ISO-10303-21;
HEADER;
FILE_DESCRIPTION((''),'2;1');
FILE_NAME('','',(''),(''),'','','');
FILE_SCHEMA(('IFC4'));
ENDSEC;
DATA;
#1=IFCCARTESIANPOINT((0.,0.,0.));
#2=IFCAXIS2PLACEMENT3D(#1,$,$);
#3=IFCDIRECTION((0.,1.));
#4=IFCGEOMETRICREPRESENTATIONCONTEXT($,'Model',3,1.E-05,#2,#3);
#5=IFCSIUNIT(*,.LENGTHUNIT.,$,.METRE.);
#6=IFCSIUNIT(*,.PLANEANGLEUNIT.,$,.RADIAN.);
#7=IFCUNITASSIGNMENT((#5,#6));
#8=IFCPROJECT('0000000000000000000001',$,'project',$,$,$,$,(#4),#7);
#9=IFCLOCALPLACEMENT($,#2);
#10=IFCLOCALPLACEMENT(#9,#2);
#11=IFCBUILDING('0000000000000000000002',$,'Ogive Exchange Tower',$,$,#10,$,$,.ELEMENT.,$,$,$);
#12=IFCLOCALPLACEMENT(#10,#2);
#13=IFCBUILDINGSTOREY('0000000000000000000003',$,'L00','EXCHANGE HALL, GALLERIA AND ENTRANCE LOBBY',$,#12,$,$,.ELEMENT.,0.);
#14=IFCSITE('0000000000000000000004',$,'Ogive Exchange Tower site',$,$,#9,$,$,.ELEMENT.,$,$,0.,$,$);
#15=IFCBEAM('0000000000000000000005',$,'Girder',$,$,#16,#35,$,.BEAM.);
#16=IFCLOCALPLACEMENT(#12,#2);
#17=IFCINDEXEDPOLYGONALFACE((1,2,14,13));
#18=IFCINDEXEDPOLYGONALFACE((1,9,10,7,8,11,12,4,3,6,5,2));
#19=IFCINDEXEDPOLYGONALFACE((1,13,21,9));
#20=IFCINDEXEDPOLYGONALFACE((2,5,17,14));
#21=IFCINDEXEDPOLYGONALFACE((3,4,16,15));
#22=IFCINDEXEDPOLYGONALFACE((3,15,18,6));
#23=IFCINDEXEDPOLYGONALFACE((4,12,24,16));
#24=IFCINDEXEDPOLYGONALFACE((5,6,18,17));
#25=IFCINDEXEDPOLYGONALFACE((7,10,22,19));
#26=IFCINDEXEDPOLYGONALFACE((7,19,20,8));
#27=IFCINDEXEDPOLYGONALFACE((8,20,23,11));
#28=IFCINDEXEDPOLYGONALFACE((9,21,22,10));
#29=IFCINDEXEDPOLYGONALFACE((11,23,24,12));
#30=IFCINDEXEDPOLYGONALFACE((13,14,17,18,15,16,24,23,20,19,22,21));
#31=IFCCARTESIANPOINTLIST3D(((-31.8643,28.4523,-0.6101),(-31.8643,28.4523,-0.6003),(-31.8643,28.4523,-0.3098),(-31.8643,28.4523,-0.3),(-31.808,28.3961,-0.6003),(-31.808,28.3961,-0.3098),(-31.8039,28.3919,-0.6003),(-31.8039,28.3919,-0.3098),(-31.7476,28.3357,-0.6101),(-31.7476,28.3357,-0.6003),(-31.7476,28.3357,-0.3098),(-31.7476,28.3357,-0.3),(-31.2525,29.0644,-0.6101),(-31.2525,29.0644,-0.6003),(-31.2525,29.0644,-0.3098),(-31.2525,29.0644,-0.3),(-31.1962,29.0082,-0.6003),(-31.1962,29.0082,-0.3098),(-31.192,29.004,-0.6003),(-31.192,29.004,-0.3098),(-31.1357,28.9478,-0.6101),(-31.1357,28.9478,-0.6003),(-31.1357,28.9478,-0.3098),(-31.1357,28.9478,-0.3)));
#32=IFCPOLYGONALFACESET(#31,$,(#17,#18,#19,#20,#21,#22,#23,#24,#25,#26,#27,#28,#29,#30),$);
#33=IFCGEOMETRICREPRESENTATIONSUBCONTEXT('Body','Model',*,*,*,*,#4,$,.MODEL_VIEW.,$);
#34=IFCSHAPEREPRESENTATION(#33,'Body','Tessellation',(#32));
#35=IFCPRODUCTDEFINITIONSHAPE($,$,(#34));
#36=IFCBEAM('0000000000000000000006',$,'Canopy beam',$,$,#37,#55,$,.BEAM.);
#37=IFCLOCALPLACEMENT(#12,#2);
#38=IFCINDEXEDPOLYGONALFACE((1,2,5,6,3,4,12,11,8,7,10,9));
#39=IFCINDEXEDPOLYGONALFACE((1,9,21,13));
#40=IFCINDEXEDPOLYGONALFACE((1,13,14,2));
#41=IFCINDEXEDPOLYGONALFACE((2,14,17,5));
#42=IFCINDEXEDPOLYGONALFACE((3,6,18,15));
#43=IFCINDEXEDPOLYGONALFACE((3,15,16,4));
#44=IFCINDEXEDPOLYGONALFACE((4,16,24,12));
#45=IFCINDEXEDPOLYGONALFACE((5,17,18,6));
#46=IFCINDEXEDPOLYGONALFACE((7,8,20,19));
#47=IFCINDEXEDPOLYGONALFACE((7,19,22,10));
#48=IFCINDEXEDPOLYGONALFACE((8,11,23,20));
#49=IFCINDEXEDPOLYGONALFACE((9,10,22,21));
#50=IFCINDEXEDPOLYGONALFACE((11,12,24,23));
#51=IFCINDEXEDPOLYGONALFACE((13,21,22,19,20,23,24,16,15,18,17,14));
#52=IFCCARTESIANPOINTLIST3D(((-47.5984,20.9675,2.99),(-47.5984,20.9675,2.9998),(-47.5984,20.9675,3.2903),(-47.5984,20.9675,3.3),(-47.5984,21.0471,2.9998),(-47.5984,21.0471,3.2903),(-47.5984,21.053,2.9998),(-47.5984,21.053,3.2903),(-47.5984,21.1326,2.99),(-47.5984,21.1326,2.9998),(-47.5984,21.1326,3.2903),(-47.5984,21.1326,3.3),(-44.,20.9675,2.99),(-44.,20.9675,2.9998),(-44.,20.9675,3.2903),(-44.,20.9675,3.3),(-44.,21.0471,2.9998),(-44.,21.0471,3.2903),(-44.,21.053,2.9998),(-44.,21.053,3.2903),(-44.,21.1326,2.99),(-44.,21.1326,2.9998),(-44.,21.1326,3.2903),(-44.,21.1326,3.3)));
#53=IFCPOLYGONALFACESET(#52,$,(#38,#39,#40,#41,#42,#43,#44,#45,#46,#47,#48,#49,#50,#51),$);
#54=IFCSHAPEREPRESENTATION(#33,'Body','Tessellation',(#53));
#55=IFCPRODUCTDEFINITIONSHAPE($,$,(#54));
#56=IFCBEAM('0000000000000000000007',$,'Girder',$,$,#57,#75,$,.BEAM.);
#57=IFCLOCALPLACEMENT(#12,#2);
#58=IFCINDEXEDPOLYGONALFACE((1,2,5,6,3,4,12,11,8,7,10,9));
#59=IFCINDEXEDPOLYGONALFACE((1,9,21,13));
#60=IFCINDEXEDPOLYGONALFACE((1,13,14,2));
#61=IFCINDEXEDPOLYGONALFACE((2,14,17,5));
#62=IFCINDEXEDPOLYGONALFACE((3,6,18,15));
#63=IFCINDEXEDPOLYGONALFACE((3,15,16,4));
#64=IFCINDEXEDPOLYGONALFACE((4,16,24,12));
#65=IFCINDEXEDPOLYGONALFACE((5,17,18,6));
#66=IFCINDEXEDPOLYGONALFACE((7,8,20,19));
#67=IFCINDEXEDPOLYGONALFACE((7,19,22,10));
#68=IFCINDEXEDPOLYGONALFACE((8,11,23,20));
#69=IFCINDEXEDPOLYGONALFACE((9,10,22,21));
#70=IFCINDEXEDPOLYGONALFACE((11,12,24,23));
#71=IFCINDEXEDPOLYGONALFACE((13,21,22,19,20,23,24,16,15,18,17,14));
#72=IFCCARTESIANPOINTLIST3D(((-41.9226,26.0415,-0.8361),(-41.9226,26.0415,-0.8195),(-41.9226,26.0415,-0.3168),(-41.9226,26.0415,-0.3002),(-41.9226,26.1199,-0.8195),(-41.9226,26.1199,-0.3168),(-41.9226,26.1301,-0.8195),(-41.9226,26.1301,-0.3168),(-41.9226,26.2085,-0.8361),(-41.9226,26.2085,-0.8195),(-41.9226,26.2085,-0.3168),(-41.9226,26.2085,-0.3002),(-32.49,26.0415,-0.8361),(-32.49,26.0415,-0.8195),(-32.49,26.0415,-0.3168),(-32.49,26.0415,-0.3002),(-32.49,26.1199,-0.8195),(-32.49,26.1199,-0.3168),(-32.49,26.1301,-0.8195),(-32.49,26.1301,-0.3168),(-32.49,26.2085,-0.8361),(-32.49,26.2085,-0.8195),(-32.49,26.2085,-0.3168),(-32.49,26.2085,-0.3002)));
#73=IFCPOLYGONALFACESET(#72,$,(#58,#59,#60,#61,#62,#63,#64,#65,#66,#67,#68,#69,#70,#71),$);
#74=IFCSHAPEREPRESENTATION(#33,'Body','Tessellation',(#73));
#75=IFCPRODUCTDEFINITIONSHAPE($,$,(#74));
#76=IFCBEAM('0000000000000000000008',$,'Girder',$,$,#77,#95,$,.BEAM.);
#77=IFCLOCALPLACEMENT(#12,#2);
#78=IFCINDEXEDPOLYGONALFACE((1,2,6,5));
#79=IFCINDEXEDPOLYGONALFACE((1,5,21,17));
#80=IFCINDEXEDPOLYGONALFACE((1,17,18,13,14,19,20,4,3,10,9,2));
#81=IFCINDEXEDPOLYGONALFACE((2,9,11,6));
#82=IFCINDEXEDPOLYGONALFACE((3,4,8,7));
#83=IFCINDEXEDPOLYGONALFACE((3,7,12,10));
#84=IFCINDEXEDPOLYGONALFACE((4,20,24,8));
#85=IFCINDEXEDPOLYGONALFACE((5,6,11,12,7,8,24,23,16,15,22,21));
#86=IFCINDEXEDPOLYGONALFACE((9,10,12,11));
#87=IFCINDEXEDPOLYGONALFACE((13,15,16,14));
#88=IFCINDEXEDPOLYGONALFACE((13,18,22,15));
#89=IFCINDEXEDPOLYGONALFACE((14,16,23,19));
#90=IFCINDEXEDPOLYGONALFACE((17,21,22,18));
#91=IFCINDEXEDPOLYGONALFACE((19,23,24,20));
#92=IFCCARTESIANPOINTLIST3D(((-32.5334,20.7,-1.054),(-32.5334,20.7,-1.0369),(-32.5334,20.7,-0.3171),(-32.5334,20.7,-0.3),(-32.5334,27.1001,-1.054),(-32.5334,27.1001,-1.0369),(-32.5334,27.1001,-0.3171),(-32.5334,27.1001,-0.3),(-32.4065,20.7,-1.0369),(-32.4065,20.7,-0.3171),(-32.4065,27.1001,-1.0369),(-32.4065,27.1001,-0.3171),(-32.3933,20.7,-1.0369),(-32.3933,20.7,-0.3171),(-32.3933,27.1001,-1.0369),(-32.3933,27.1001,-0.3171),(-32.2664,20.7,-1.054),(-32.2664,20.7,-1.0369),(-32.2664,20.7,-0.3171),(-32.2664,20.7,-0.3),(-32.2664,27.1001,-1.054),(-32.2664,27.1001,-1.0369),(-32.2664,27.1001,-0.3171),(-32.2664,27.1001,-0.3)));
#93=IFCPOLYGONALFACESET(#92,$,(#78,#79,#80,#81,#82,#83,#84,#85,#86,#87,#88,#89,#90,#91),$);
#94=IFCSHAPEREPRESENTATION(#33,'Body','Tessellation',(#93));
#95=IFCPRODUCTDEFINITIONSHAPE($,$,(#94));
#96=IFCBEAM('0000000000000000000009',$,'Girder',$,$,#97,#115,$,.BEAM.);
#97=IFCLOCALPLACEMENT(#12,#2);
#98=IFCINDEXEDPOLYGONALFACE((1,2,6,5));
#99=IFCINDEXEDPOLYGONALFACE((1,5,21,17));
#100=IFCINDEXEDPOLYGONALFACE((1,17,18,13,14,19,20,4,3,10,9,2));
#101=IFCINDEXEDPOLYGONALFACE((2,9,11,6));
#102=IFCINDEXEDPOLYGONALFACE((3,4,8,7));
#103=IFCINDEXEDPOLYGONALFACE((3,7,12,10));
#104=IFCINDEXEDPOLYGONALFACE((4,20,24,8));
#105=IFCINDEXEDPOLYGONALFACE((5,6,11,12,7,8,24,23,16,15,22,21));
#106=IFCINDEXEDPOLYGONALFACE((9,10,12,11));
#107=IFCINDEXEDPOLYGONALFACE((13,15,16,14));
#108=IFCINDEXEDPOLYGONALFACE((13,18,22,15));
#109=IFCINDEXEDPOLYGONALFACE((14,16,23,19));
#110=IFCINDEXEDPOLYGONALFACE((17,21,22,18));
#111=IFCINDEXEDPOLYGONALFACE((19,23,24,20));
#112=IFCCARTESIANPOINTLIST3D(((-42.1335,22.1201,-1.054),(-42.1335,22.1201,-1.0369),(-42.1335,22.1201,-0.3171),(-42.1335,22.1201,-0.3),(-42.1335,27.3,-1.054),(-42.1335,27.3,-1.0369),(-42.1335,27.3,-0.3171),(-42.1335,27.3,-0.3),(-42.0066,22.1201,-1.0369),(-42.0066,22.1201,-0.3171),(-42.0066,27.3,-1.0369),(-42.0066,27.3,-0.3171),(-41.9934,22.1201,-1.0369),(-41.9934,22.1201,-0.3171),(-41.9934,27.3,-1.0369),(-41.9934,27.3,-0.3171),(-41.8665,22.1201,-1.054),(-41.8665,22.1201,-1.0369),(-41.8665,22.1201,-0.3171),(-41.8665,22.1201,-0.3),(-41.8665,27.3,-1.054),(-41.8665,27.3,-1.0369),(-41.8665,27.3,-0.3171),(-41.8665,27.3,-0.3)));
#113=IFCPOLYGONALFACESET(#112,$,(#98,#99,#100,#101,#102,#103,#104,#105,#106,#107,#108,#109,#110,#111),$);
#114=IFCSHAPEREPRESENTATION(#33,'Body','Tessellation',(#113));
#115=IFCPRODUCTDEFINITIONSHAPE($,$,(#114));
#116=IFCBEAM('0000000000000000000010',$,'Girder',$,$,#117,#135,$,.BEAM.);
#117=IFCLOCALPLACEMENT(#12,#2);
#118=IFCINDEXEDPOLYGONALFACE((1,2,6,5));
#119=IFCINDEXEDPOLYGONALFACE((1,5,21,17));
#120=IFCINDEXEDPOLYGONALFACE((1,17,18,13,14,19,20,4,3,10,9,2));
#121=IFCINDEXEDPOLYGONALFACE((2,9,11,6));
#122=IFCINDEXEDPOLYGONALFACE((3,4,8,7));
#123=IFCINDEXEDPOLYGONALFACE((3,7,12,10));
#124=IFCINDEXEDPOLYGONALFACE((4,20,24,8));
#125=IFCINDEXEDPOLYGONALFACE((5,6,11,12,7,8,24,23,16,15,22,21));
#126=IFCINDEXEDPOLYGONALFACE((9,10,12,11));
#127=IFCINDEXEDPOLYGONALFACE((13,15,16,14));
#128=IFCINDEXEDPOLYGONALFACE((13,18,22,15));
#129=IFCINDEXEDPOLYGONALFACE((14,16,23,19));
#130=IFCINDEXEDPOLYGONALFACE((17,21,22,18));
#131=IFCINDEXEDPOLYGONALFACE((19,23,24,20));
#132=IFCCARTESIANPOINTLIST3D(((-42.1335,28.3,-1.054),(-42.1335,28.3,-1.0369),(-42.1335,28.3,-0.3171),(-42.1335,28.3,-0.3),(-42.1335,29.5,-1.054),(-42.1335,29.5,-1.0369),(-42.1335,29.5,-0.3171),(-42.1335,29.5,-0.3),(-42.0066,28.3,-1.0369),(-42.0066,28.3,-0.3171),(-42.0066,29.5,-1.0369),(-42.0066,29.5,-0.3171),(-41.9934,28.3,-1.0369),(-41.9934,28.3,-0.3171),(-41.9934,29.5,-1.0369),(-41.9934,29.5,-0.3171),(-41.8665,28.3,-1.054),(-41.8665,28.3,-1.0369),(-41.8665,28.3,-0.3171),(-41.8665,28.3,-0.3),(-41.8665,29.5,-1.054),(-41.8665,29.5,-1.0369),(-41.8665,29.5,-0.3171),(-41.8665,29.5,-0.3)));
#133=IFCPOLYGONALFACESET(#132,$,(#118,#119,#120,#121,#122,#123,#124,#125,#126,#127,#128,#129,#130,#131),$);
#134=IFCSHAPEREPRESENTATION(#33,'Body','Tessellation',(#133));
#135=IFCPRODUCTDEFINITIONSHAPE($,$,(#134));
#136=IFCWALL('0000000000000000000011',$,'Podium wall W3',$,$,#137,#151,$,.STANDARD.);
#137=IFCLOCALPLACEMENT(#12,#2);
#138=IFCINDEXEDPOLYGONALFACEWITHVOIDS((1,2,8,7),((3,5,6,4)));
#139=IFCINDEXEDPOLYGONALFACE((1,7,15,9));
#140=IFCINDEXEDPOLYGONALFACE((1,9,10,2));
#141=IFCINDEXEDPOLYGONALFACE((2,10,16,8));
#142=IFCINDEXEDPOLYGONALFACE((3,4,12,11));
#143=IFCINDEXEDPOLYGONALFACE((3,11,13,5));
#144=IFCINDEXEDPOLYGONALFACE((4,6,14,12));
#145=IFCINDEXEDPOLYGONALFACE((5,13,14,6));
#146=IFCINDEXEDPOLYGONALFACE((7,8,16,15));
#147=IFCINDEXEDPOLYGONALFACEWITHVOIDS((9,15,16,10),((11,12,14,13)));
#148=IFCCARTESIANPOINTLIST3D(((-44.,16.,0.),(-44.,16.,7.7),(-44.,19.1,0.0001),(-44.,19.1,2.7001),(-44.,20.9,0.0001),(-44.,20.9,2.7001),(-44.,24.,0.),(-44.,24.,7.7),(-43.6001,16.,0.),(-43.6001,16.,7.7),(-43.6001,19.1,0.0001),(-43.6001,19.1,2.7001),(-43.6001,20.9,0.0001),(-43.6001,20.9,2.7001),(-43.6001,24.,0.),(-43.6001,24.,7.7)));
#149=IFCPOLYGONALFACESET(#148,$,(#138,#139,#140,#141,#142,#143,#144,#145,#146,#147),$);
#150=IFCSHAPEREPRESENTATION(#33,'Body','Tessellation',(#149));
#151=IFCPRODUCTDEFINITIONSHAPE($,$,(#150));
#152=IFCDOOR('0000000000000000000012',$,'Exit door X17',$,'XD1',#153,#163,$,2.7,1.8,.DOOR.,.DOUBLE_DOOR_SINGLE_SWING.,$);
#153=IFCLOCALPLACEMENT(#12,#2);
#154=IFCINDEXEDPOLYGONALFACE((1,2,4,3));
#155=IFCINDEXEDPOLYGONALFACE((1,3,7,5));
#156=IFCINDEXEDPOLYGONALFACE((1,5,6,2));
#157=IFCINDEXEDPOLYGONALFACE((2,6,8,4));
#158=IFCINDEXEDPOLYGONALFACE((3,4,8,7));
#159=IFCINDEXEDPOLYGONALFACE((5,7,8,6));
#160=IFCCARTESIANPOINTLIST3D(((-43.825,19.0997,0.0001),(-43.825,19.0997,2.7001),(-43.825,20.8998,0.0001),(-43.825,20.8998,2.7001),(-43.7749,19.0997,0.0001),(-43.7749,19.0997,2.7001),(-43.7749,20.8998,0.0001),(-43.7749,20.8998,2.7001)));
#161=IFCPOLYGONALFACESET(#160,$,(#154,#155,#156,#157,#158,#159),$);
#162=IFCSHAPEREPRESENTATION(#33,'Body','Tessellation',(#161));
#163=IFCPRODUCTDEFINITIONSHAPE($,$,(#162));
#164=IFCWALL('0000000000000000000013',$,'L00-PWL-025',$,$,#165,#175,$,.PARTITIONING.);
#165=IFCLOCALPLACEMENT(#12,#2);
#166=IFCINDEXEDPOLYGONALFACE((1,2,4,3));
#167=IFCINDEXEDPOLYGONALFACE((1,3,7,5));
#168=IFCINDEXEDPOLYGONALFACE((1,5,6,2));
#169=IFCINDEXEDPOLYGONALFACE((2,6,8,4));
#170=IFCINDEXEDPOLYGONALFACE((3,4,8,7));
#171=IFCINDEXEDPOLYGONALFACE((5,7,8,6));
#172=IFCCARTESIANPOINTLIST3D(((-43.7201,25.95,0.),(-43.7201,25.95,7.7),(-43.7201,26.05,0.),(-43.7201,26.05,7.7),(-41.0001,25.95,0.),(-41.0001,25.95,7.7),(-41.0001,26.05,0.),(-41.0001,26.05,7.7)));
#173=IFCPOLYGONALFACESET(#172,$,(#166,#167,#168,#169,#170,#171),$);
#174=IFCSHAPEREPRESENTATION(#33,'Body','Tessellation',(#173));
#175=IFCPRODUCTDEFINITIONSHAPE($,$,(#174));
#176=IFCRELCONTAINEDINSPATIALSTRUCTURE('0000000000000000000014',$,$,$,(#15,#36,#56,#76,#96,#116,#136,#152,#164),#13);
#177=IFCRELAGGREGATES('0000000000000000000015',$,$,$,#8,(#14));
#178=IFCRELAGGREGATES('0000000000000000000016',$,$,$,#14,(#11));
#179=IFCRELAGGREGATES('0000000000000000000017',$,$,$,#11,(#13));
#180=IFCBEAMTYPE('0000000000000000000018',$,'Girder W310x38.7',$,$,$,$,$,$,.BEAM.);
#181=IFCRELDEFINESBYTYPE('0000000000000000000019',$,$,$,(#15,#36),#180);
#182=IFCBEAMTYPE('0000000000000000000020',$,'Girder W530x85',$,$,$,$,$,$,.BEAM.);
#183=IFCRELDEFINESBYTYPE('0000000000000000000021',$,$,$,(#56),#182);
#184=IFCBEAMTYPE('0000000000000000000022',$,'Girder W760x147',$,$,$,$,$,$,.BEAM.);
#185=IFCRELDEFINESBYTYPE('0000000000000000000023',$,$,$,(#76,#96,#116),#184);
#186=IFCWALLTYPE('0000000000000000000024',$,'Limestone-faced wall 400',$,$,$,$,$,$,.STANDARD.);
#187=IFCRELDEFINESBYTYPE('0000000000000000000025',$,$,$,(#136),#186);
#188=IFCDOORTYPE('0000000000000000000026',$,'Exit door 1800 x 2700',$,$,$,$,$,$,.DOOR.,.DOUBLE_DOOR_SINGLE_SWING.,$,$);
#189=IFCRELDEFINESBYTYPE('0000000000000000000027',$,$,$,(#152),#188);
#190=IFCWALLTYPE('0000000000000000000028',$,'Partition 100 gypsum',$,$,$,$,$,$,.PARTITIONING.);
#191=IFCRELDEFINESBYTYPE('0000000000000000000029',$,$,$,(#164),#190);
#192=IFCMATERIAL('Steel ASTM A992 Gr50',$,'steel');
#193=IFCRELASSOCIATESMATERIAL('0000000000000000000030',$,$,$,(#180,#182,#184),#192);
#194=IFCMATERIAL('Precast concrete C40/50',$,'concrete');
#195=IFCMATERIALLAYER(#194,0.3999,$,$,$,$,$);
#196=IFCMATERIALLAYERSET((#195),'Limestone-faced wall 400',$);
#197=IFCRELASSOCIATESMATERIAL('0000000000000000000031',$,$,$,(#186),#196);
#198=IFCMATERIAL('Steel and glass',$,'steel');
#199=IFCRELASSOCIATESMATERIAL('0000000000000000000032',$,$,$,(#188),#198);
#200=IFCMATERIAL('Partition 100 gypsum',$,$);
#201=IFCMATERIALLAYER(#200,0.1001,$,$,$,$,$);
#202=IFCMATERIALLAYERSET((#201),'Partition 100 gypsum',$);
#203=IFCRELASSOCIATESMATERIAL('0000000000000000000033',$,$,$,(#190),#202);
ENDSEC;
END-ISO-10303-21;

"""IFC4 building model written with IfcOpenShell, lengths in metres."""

from ifc_helpers import new_model, si_unit, direction, frame, frame_2d, origin, origin_2d, place, context, subcontext, project, spatial, rectangle, i_section, extrude, material, layer, layer_set, material_profile, profile_set, type_object, element, fill, save


model = new_model("IFC4")

# Units and contexts
model_context = context("Model", 3, precision=1e-05, world=origin(), true_north=direction((0.0, 1.0)))
body_context = subcontext(model_context, "Body", "Model", "MODEL_VIEW")
ifc_project = project(units=[si_unit("LENGTHUNIT", "METRE"), si_unit("PLANEANGLEUNIT", "RADIAN")], contexts=[model_context])

# Site, building, storey
site_placement = place(None, origin())
site = spatial("IfcSite", under=ifc_project, at=site_placement, Name="Ogive Exchange Tower site", CompositionType="ELEMENT", RefElevation=0.0)
building_placement = place(site_placement, origin())
building = spatial("IfcBuilding", under=site, at=building_placement, Name="Ogive Exchange Tower", CompositionType="ELEMENT")
storey_placement = place(building_placement, origin())
storey = spatial("IfcBuildingStorey", under=building, at=storey_placement, Name="L00", Description="EXCHANGE HALL, GALLERIA AND ENTRANCE LOBBY", CompositionType="ELEMENT", Elevation=0.0)

# Beams
ifc_material_1 = material(Name="Steel ASTM A992 Gr50", Category="steel")
ifc_material_profile_1 = material_profile(ifc_material_1, i_section(OverallWidth=0.165, OverallDepth=0.3101, WebThickness=0.0059, FlangeThickness=0.0098, at=origin_2d()), Name="W310x38.7")
ifc_profile_set_1 = profile_set([ifc_material_profile_1], Name="Steel ASTM A992 Gr50")
beam_type_1 = type_object("IfcBeamType", Name="Girder W310x38.7", PredefinedType="BEAM", material=ifc_profile_set_1)
beam_1_placement = place(storey_placement, frame((-31.1941, 29.0061, -0.4551), z_axis=(-0.706966, -0.707248, 0.0), x_axis=(0.707248, -0.706966, 0.0)))
element("IfcBeam", 1, at=beam_1_placement, inside=storey, type_object=beam_type_1, Name="Girder", PredefinedType="BEAM", context=body_context, shape_type="SweptSolid", body=[
    extrude(i_section(OverallWidth=0.165, OverallDepth=0.3101, WebThickness=0.0059, FlangeThickness=0.0098, at=origin_2d()), origin(), (0.0, 0.0, 1.0), 0.8655),
])
beam_2_placement = place(storey_placement, frame((-44.0, 21.05, 3.145), z_axis=(-1.0, 0.0, 0.0), x_axis=(0.0, -1.0, 0.0)))
element("IfcBeam", 2, at=beam_2_placement, inside=storey, type_object=beam_type_1, Name="Canopy beam", PredefinedType="BEAM", context=body_context, shape_type="SweptSolid", body=[
    extrude(i_section(OverallWidth=0.165, OverallDepth=0.3101, WebThickness=0.0059, FlangeThickness=0.0098, at=origin_2d()), origin(), (0.0, 0.0, 1.0), 3.5984),
])
ifc_material_profile_2 = material_profile(ifc_material_1, i_section(OverallWidth=0.167, OverallDepth=0.5359, WebThickness=0.0103, FlangeThickness=0.0166, at=origin_2d()), Name="W530x85")
ifc_profile_set_2 = profile_set([ifc_material_profile_2], Name="Steel ASTM A992 Gr50")
beam_type_2 = type_object("IfcBeamType", Name="Girder W530x85", PredefinedType="BEAM", material=ifc_profile_set_2)
beam_3_placement = place(storey_placement, frame((-41.9226, 26.125, -0.5681), z_axis=(1.0, 0.0, 0.0), x_axis=(0.0, 1.0, 0.0)))
element("IfcBeam", 3, at=beam_3_placement, inside=storey, type_object=beam_type_2, Name="Girder", PredefinedType="BEAM", context=body_context, shape_type="SweptSolid", body=[
    extrude(i_section(OverallWidth=0.167, OverallDepth=0.5359, WebThickness=0.0103, FlangeThickness=0.0166, at=origin_2d()), origin(), (0.0, 0.0, 1.0), 9.4326),
])
ifc_material_profile_3 = material_profile(ifc_material_1, i_section(OverallWidth=0.2671, OverallDepth=0.7539, WebThickness=0.0132, FlangeThickness=0.0171, at=origin_2d()), Name="W760x147")
ifc_profile_set_3 = profile_set([ifc_material_profile_3], Name="Steel ASTM A992 Gr50")
beam_type_3 = type_object("IfcBeamType", Name="Girder W760x147", PredefinedType="BEAM", material=ifc_profile_set_3)
beam_4_placement = place(storey_placement, frame((-32.3999, 27.1001, -0.677), z_axis=(0.0, -1.0, 0.0), x_axis=(1.0, 0.0, 0.0)))
element("IfcBeam", 4, at=beam_4_placement, inside=storey, type_object=beam_type_3, Name="Girder", PredefinedType="BEAM", context=body_context, shape_type="SweptSolid", body=[
    extrude(i_section(OverallWidth=0.2671, OverallDepth=0.7539, WebThickness=0.0132, FlangeThickness=0.0171, at=origin_2d()), origin(), (0.0, 0.0, 1.0), 6.4001),
])
beam_5_placement = place(storey_placement, frame((-42.0, 22.1201, -0.677), z_axis=(0.0, 1.0, 0.0), x_axis=(-1.0, 0.0, 0.0)))
element("IfcBeam", 5, at=beam_5_placement, inside=storey, type_object=beam_type_3, Name="Girder", PredefinedType="BEAM", context=body_context, shape_type="SweptSolid", body=[
    extrude(i_section(OverallWidth=0.2671, OverallDepth=0.7539, WebThickness=0.0132, FlangeThickness=0.0171, at=origin_2d()), origin(), (0.0, 0.0, 1.0), 5.1799),
])
beam_6_placement = place(storey_placement, frame((-42.0, 28.3, -0.677), z_axis=(0.0, 1.0, 0.0), x_axis=(-1.0, 0.0, 0.0)))
element("IfcBeam", 6, at=beam_6_placement, inside=storey, type_object=beam_type_3, Name="Girder", PredefinedType="BEAM", context=body_context, shape_type="SweptSolid", body=[
    extrude(i_section(OverallWidth=0.2671, OverallDepth=0.7539, WebThickness=0.0132, FlangeThickness=0.0171, at=origin_2d()), origin(), (0.0, 0.0, 1.0), 1.2),
])

# Wall, opening, door
ifc_material_2 = material(Name="Precast concrete C40/50", Category="concrete")
ifc_layer_1 = layer(ifc_material_2, 0.3999)
ifc_layer_set_1 = layer_set([ifc_layer_1], Name="Limestone-faced wall 400")
wall_type_1 = type_object("IfcWallType", Name="Limestone-faced wall 400", PredefinedType="STANDARD", material=ifc_layer_set_1)
wall_1_placement = place(storey_placement, frame((-43.8, 24.0, 0.0), z_axis=(0.0, 0.0, 1.0), x_axis=(0.0, -1.0, 0.0)))
wall_1 = element("IfcWall", 7, at=wall_1_placement, inside=storey, type_object=wall_type_1, Name="Podium wall W3", PredefinedType="STANDARD", context=body_context, shape_type="SweptSolid", body=[
    extrude(rectangle(XDim=8.0, YDim=0.3999, at=frame_2d((4.0, 0.0))), origin(), (0.0, 0.0, 1.0), 7.7),
])
opening_1_placement = place(wall_1_placement, frame((3.1001, 0.0, 0.0)))
opening_1 = element("IfcOpeningElement", 8, at=opening_1_placement, cuts=wall_1, PredefinedType="OPENING", context=body_context, shape_type="SweptSolid", body=[
    extrude(rectangle(XDim=1.8, YDim=2.7, at=frame_2d((0.8999, 1.3501))), frame((0.0, 0.21, 0.0), z_axis=(0.0, -1.0, 0.0), x_axis=(1.0, 0.0, 0.0)), (0.0, 0.0, 1.0), 0.4199),
])
ifc_material_3 = material(Name="Steel and glass", Category="steel")
door_type_1 = type_object("IfcDoorType", Name="Exit door 1800 x 2700", OperationType="DOUBLE_DOOR_SINGLE_SWING", PredefinedType="DOOR", material=ifc_material_3)
door_1_placement = place(opening_1_placement, frame((1.8, 0.0, 0.0), z_axis=(0.0, 0.0, 1.0), x_axis=(-1.0, 0.0, 0.0)))
door_1 = element("IfcDoor", 9, at=door_1_placement, inside=storey, type_object=door_type_1, Name="Exit door X17", ObjectType="XD1", OperationType="DOUBLE_DOOR_SINGLE_SWING", OverallHeight=2.7, OverallWidth=1.8, PredefinedType="DOOR", context=body_context, shape_type="SweptSolid", body=[
    extrude(rectangle(XDim=1.8, YDim=2.7, at=frame_2d((0.8999, 1.3501))), frame((0.0, 0.0249, 0.0), z_axis=(0.0, -1.0, 0.0), x_axis=(1.0, 0.0, 0.0)), (0.0, 0.0, 1.0), 0.05),
])
fill(opening_1, door_1)

# Wall
ifc_material_4 = material(Name="Partition 100 gypsum")
ifc_layer_2 = layer(ifc_material_4, 0.1001)
ifc_layer_set_2 = layer_set([ifc_layer_2], Name="Partition 100 gypsum")
wall_type_2 = type_object("IfcWallType", Name="Partition 100 gypsum", PredefinedType="PARTITIONING", material=ifc_layer_set_2)
wall_2_placement = place(storey_placement, frame((-43.72, 26.0, 0.0), z_axis=(0.0, 0.0, 1.0), x_axis=(1.0, 0.0, 0.0)))
element("IfcWall", 10, at=wall_2_placement, inside=storey, type_object=wall_type_2, Name="L00-PWL-025", PredefinedType="PARTITIONING", context=body_context, shape_type="SweptSolid", body=[
    extrude(rectangle(XDim=2.72, YDim=0.1001, at=frame_2d((1.3599, 0.0))), origin(), (0.0, 0.0, 1.0), 7.7),
])

save(model, "model.ifc")
